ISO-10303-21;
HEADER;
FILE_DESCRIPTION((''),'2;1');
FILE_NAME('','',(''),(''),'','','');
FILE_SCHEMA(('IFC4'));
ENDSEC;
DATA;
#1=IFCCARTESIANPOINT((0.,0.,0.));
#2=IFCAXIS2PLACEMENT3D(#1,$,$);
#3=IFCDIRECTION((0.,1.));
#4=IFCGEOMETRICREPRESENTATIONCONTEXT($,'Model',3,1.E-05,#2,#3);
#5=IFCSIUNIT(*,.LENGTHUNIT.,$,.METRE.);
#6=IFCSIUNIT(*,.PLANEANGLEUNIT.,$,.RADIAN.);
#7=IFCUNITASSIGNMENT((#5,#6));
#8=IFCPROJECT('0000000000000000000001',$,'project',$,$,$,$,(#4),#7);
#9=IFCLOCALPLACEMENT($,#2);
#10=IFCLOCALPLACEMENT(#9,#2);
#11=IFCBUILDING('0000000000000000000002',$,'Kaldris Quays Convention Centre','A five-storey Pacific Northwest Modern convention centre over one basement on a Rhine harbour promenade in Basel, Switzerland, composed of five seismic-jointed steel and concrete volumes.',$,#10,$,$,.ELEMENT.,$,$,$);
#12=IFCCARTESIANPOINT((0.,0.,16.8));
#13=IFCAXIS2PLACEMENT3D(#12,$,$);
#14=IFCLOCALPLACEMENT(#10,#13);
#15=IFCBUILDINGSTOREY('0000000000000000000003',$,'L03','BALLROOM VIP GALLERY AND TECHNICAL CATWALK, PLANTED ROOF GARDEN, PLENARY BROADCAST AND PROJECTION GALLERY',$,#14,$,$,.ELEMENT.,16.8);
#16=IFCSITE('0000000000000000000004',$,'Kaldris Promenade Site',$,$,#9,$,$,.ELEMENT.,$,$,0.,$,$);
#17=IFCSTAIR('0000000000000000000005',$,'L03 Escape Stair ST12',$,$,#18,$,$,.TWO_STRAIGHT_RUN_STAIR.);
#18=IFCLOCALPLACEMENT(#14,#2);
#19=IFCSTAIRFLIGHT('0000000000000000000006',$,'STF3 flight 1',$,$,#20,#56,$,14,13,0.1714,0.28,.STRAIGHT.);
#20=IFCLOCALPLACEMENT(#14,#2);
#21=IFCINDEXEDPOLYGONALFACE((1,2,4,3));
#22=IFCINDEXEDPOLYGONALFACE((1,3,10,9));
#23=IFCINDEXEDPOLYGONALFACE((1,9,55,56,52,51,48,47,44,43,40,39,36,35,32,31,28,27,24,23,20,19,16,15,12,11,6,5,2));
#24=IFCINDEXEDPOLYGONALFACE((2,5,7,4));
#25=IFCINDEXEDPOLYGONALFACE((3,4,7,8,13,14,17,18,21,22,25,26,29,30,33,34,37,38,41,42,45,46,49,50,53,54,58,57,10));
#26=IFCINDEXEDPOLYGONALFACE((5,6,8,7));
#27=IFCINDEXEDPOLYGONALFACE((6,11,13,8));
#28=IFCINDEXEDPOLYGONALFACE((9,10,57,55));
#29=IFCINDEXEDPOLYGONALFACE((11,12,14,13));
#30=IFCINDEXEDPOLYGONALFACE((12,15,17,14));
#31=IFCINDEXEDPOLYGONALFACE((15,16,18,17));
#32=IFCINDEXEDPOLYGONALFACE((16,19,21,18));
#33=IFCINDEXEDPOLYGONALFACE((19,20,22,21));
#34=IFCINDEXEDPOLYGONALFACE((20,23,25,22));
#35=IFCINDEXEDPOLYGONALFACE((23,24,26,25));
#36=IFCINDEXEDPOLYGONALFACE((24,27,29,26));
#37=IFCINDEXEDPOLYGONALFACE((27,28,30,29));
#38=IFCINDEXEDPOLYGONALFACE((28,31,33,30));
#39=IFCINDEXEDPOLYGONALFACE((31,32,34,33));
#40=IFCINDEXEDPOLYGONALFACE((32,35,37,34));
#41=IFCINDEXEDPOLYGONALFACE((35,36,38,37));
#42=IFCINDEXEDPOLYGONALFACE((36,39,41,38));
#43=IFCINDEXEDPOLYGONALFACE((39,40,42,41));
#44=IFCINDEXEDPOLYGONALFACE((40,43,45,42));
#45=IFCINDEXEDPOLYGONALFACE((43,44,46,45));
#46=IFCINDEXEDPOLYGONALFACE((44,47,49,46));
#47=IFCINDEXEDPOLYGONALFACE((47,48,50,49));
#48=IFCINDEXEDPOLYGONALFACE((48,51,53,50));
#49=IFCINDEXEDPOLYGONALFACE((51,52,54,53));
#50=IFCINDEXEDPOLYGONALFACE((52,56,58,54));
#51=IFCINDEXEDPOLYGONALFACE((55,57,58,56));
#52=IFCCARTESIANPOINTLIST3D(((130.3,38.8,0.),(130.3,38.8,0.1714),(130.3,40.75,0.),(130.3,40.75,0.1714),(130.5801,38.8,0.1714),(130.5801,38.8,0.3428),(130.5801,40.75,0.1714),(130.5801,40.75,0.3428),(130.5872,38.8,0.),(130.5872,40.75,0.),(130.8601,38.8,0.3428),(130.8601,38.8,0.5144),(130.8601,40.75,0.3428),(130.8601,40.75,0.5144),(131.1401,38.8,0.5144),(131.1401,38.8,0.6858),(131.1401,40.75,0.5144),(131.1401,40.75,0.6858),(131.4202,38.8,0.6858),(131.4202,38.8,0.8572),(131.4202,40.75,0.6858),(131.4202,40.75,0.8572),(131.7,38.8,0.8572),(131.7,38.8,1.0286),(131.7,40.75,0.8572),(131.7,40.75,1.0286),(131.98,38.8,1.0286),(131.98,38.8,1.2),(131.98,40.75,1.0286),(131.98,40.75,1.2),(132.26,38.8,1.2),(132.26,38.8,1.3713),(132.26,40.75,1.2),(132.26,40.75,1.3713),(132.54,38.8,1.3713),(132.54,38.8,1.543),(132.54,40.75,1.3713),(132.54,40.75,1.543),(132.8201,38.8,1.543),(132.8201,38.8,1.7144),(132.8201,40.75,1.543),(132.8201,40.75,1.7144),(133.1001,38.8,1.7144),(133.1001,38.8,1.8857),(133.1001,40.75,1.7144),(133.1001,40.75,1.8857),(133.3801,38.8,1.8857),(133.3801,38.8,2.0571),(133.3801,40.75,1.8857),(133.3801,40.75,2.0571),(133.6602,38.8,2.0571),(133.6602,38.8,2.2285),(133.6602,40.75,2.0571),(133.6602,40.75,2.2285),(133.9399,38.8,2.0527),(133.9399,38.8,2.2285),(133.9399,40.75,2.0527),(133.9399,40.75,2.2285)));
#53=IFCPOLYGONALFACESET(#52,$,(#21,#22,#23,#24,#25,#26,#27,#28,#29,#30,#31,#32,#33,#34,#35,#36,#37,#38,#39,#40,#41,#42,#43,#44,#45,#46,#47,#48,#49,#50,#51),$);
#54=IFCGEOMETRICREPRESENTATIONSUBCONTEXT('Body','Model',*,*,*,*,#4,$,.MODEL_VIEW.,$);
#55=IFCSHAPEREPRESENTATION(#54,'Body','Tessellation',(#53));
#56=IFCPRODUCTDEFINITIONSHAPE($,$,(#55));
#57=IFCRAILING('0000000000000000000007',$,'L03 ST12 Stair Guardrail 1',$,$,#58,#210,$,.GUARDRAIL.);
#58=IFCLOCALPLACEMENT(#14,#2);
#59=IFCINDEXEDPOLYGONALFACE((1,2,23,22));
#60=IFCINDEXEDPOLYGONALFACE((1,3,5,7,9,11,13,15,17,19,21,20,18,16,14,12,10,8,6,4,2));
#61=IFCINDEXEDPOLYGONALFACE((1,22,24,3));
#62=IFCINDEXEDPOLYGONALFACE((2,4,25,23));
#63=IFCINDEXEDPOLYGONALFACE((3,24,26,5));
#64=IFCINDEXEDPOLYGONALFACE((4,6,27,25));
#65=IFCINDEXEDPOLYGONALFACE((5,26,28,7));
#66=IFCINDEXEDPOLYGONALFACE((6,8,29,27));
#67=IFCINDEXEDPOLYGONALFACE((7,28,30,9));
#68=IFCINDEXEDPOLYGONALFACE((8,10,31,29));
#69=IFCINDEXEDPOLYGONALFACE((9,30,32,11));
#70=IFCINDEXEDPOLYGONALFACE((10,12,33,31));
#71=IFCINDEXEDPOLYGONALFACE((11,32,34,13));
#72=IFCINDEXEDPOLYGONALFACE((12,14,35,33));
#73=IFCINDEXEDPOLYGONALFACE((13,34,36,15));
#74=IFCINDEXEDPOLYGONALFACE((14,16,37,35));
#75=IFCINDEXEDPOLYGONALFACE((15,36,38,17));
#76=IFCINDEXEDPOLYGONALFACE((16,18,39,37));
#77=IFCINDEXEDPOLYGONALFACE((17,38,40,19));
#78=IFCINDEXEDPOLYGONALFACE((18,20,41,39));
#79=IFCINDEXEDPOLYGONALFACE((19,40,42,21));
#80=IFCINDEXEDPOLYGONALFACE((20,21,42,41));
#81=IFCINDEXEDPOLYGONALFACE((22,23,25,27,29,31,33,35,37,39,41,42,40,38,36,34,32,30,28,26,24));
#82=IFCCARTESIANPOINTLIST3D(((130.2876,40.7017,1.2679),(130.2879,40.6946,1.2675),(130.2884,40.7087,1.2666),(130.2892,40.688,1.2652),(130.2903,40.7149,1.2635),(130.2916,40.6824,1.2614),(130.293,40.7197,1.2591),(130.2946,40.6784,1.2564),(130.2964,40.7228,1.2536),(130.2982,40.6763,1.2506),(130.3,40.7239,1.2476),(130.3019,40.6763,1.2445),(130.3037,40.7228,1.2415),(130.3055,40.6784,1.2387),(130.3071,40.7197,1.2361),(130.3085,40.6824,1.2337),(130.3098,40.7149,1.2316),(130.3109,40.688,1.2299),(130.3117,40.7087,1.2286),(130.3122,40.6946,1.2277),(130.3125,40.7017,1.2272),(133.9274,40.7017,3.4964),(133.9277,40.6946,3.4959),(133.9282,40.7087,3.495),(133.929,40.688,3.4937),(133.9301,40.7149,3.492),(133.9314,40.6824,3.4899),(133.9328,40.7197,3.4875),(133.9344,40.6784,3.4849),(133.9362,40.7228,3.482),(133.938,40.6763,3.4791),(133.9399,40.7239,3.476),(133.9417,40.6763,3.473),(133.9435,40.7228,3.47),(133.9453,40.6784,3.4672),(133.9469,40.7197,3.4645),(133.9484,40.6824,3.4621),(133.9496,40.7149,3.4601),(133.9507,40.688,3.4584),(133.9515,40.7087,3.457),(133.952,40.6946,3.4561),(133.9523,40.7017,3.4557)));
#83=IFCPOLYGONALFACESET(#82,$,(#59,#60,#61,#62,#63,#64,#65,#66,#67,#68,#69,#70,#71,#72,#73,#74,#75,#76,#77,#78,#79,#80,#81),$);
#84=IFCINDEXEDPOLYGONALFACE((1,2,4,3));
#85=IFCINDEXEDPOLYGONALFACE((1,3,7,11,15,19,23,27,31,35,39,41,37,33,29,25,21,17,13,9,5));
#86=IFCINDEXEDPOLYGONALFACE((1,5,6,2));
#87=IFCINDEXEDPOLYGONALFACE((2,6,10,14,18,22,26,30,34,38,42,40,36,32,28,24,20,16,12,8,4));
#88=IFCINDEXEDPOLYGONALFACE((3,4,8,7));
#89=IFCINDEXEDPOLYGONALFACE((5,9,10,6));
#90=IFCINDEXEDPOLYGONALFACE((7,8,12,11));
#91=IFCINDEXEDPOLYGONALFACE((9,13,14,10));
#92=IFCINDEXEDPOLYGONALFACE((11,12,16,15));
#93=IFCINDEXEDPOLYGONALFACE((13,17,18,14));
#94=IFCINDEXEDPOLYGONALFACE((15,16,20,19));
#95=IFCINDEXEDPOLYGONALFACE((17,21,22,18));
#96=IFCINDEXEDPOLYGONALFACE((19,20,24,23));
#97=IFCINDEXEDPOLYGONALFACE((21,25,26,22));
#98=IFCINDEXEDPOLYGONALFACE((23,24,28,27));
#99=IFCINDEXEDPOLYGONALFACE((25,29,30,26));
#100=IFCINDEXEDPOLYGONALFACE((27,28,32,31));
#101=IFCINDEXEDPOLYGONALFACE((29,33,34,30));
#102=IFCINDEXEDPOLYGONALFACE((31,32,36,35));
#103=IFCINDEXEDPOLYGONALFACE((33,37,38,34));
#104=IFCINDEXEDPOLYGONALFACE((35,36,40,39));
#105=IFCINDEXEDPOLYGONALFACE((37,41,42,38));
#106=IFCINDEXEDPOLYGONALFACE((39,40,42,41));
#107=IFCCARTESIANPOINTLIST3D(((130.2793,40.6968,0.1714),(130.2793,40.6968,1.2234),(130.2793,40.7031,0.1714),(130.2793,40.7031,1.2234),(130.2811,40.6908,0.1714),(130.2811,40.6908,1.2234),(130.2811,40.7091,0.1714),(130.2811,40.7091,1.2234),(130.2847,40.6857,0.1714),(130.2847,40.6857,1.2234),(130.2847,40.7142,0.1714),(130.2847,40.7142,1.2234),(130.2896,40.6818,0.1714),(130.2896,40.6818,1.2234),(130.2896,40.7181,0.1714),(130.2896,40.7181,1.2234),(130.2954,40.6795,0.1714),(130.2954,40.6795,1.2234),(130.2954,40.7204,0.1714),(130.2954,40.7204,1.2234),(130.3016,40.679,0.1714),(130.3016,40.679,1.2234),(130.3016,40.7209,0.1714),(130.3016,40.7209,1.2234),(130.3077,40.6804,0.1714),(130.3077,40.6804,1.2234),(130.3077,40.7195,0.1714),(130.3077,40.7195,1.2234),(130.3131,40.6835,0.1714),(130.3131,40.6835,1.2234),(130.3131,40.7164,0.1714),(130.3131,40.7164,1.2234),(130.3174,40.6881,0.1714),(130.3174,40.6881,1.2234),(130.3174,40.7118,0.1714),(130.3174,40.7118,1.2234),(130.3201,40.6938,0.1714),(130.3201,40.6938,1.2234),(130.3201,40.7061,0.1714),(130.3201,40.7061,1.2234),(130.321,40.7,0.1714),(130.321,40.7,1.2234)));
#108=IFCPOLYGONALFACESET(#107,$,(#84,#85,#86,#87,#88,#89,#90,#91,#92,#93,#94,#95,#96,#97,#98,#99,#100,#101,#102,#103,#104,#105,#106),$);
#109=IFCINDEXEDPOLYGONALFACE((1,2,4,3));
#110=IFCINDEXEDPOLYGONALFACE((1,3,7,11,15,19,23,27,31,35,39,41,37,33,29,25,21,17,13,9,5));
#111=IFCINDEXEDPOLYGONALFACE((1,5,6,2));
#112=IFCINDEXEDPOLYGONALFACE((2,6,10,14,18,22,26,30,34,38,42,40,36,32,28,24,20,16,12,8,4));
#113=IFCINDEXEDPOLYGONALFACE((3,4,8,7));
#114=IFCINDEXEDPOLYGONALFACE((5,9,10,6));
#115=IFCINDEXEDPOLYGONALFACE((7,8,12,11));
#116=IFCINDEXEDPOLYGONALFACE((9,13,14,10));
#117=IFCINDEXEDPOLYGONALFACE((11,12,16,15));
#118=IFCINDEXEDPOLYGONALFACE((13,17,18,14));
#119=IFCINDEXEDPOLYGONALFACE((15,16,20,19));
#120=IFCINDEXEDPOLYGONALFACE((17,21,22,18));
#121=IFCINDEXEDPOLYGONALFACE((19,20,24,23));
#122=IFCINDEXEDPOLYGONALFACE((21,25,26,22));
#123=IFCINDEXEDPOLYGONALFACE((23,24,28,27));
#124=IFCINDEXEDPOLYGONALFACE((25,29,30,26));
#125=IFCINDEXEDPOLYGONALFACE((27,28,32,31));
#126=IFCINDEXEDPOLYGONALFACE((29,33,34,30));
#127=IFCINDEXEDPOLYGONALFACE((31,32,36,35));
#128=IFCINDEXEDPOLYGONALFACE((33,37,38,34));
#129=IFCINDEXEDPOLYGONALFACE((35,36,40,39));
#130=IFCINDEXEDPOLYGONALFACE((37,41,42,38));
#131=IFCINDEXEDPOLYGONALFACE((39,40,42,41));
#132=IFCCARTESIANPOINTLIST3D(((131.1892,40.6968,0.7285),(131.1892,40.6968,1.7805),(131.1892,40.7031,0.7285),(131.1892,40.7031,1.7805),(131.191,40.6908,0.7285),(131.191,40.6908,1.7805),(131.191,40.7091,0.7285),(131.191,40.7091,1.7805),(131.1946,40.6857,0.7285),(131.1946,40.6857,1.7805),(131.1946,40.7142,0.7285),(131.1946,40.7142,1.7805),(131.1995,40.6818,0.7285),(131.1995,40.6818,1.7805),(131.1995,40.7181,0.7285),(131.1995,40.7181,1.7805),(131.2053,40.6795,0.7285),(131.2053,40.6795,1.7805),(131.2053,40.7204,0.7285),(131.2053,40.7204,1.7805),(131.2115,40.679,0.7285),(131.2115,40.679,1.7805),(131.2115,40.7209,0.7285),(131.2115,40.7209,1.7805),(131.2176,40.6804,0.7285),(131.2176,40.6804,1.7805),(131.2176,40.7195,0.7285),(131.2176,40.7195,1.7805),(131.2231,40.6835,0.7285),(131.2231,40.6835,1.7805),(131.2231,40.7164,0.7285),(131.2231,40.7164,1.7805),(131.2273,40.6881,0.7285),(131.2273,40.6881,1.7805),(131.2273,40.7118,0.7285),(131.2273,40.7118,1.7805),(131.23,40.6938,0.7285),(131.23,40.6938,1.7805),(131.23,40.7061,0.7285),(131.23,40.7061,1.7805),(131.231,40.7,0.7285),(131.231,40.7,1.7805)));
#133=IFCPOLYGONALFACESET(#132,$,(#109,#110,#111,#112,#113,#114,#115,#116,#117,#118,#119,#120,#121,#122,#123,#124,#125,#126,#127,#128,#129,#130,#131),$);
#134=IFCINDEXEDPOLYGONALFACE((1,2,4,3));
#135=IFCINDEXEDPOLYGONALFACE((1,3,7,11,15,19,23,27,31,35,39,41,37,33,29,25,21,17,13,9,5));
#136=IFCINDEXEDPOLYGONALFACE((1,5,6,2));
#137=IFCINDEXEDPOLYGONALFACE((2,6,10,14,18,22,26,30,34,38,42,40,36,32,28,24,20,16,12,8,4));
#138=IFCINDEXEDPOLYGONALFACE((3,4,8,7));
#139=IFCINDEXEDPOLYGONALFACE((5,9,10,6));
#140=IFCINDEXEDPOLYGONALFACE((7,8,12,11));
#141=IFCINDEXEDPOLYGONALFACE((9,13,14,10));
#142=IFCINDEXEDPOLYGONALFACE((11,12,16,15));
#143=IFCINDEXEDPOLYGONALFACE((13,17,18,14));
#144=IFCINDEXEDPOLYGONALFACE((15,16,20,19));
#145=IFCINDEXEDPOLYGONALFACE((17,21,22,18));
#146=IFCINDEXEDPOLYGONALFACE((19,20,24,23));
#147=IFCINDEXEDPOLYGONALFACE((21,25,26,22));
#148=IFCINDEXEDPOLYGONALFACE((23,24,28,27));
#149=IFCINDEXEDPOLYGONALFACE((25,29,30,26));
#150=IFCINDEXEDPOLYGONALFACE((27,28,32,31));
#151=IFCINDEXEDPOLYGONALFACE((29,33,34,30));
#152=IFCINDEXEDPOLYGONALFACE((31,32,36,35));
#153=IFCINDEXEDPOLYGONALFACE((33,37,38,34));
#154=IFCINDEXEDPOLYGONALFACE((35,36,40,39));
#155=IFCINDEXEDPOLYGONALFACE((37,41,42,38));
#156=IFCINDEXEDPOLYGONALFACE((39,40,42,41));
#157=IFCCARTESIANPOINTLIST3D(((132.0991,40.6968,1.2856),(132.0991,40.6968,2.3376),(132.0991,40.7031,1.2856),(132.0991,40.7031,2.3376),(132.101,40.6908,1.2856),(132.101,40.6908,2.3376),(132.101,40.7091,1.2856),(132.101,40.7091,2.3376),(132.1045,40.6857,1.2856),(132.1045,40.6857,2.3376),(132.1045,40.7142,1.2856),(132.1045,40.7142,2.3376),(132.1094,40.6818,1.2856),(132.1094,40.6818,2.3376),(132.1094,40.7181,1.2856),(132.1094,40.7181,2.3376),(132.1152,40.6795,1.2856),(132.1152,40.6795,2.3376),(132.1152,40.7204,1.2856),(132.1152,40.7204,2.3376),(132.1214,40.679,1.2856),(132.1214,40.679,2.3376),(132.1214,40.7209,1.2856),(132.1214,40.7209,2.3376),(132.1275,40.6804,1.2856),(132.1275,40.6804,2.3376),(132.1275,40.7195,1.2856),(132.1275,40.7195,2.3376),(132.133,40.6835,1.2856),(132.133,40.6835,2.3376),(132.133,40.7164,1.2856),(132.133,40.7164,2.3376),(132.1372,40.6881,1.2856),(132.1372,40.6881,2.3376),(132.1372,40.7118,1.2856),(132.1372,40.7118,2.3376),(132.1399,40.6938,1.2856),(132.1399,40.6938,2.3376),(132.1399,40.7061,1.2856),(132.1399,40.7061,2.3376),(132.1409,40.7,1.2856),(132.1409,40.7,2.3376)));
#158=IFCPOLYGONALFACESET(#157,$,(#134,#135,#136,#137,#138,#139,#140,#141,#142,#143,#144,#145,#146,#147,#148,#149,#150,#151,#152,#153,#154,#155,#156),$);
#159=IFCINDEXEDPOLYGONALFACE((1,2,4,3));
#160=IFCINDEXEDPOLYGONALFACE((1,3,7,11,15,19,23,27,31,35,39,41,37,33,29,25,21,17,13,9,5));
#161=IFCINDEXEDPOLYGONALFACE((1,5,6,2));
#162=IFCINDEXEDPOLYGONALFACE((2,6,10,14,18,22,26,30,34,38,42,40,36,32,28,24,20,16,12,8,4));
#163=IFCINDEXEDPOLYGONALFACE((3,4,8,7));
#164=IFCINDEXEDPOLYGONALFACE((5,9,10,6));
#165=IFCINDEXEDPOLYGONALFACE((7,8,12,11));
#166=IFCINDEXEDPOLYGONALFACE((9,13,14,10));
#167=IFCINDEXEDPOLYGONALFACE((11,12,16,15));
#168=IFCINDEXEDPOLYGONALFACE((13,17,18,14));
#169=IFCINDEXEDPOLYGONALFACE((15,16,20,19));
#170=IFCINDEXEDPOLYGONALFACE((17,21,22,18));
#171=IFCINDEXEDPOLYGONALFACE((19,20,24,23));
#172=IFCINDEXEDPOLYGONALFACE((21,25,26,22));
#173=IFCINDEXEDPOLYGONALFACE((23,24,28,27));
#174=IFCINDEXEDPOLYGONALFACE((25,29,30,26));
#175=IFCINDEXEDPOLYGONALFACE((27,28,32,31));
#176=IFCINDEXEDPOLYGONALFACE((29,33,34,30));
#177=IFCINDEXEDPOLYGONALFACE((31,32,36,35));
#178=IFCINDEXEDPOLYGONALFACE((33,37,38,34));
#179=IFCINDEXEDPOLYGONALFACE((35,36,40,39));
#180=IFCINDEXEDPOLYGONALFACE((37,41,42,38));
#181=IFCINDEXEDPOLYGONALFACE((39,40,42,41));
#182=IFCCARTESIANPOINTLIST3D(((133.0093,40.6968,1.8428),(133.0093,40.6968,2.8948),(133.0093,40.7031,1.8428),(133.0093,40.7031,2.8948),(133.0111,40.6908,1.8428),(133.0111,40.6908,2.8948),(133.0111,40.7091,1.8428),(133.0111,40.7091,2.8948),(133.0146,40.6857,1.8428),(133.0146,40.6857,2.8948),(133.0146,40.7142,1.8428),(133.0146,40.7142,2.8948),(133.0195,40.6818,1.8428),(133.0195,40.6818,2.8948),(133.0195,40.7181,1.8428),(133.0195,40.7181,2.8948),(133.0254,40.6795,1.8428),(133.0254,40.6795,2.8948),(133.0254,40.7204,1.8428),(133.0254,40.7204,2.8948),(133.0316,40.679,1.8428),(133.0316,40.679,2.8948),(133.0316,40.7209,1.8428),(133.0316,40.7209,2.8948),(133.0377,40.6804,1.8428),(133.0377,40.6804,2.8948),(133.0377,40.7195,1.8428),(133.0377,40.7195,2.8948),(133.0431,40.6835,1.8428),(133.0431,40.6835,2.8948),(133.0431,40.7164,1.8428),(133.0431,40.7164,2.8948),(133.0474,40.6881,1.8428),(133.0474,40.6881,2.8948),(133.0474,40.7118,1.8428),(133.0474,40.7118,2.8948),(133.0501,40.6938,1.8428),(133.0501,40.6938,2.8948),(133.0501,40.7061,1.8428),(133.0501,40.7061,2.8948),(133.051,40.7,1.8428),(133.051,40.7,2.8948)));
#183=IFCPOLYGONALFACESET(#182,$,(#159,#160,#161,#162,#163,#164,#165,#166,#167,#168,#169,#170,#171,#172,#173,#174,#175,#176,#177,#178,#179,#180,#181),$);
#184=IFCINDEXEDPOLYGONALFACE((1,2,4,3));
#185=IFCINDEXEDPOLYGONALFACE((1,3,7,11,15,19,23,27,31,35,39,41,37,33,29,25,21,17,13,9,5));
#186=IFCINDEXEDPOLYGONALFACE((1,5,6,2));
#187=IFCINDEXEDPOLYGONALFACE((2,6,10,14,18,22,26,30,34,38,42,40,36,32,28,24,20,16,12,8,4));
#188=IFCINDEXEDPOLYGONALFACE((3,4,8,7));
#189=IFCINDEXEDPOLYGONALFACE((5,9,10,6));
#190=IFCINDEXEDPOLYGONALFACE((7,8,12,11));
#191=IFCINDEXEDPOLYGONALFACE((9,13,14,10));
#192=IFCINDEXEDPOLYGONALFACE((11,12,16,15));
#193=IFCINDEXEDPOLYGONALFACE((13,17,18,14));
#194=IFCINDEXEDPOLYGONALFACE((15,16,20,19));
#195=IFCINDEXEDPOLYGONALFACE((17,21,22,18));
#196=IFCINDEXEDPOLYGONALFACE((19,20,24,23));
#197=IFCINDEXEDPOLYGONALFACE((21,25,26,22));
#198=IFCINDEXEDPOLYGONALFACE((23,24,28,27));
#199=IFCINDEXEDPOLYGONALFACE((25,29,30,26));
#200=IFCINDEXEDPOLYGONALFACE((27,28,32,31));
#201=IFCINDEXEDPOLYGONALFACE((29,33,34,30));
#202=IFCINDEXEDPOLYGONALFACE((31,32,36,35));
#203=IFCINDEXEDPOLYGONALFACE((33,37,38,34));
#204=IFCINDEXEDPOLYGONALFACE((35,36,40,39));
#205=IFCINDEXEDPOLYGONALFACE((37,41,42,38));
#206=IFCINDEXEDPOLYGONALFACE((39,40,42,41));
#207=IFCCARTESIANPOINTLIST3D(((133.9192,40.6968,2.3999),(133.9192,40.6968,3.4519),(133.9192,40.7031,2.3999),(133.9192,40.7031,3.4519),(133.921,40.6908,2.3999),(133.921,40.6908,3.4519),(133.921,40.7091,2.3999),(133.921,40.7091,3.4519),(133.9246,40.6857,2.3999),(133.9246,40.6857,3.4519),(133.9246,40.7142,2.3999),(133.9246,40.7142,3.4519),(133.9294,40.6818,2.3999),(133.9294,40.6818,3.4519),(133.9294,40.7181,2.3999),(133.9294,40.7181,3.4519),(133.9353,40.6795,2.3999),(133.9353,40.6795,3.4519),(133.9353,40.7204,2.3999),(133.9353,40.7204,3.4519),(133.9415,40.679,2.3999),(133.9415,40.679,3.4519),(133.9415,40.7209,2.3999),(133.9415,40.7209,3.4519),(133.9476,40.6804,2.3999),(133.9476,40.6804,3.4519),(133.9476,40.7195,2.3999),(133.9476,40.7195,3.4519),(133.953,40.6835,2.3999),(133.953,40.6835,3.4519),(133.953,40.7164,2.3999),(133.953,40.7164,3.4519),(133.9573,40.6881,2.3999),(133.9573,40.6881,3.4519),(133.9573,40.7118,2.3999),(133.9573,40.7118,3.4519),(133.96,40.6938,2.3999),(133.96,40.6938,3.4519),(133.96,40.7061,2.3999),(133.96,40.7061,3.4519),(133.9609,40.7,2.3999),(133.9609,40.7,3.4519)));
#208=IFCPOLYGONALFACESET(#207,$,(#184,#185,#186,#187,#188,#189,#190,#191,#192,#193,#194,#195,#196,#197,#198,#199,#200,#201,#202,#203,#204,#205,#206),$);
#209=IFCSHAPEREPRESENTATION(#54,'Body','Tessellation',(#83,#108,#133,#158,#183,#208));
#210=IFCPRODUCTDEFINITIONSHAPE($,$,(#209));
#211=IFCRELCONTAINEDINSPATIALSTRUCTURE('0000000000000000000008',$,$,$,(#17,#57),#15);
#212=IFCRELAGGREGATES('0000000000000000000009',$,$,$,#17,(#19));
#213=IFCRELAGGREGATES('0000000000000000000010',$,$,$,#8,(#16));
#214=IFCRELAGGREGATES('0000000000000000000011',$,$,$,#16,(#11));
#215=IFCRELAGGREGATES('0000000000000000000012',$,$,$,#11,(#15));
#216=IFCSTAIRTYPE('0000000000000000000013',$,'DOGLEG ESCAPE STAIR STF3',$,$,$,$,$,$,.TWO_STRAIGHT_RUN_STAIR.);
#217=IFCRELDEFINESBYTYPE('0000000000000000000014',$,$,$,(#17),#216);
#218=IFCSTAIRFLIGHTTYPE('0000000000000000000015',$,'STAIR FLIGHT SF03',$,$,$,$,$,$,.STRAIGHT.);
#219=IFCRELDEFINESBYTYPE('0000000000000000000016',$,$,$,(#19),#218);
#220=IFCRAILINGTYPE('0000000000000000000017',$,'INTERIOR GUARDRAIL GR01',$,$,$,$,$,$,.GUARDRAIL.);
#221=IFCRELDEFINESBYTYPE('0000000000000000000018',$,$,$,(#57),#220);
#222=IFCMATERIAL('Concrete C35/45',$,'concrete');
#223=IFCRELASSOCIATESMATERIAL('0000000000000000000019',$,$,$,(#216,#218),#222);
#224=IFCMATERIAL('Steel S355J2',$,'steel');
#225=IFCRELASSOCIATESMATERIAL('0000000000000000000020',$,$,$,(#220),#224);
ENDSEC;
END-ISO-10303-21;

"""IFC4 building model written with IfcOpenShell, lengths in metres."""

from ifc_helpers import new_model, si_unit, direction, frame, origin, origin_2d, place, context, subcontext, project, spatial, polyline, circle, outline, extrude, material, type_object, element, aggregate, save


model = new_model("IFC4")

# Units and contexts
model_context = context("Model", 3, precision=1e-05, world=origin(), true_north=direction((0.0, 1.0)))
body_context = subcontext(model_context, "Body", "Model", "MODEL_VIEW")
ifc_project = project(units=[si_unit("LENGTHUNIT", "METRE"), si_unit("PLANEANGLEUNIT", "RADIAN")], contexts=[model_context])

# Site, building, storey
site_placement = place(None, origin())
site = spatial("IfcSite", under=ifc_project, at=site_placement, Name="Kaldris Promenade Site", CompositionType="ELEMENT", RefElevation=0.0)
building_placement = place(site_placement, origin())
building = spatial("IfcBuilding", under=site, at=building_placement, Name="Kaldris Quays Convention Centre", Description="A five-storey Pacific Northwest Modern convention centre over one basement on a Rhine harbour promenade in Basel, Switzerland, composed of five seismic-jointed steel and concrete volumes.", CompositionType="ELEMENT")
storey_placement = place(building_placement, frame((0.0, 0.0, 16.8)))
storey = spatial("IfcBuildingStorey", under=building, at=storey_placement, Name="L03", Description="BALLROOM VIP GALLERY AND TECHNICAL CATWALK, PLANTED ROOF GARDEN, PLENARY BROADCAST AND PROJECTION GALLERY", CompositionType="ELEMENT", Elevation=16.8)

# Stair, stair flight
ifc_material_1 = material(Name="Concrete C35/45", Category="concrete")
stair_type = type_object("IfcStairType", Name="DOGLEG ESCAPE STAIR STF3", PredefinedType="TWO_STRAIGHT_RUN_STAIR", material=ifc_material_1)
stair_placement = place(storey_placement, origin())
stair = element("IfcStair", 1, at=stair_placement, inside=storey, type_object=stair_type, Name="L03 Escape Stair ST12", PredefinedType="TWO_STRAIGHT_RUN_STAIR")
stair_flight_type = type_object("IfcStairFlightType", Name="STAIR FLIGHT SF03", PredefinedType="STRAIGHT", material=ifc_material_1)
stair_flight_placement = place(storey_placement, frame((130.3, 39.7749, 0.0), z_axis=(0.0, 0.0, 1.0), x_axis=(1.0, 0.0, 0.0)))
stair_flight = element("IfcStairFlight", 2, at=stair_flight_placement, type_object=stair_flight_type, Name="STF3 flight 1", NumberOfRisers=14, NumberOfTreads=13, PredefinedType="STRAIGHT", RiserHeight=0.1714, TreadLength=0.28, context=body_context, shape_type="SweptSolid", body=[
    extrude(outline(polyline([(0.0, 0.0), (0.0, 0.1714), (0.28, 0.1714), (0.28, 0.3428), (0.5601, 0.3428), (0.5601, 0.5144), (0.8401, 0.5144), (0.8401, 0.6858), (1.1201, 0.6858), (1.1201, 0.8572), (1.3999, 0.8572), (1.3999, 1.0286), (1.6799, 1.0286), (1.6799, 1.2), (1.96, 1.2), (1.96, 1.3713), (2.24, 1.3713), (2.24, 1.543), (2.52, 1.543), (2.52, 1.7144), (2.8, 1.7144), (2.8, 1.8857), (3.0801, 1.8857), (3.0801, 2.0571), (3.3601, 2.0571), (3.3601, 2.2285), (3.6399, 2.2285), (3.6399, 2.3999), (3.6399, 2.0527), (0.2871, 0.0), (0.0, 0.0)])), frame((0.0, 0.9751, 0.0), z_axis=(0.0, -1.0, 0.0), x_axis=(1.0, 0.0, 0.0)), (0.0, 0.0, 1.0), 1.95),
])
aggregate(stair, [stair_flight])

# Railing
ifc_material_2 = material(Name="Steel S355J2", Category="steel")
railing_type_1 = type_object("IfcRailingType", Name="INTERIOR GUARDRAIL GR01", PredefinedType="GUARDRAIL", material=ifc_material_2)
railing_1_placement = place(storey_placement, frame((130.3, 40.7, 0.1714)))
element("IfcRailing", 3, at=railing_1_placement, inside=storey, type_object=railing_type_1, Name="L03 ST12 Stair Guardrail 1", PredefinedType="GUARDRAIL", context=body_context, shape_type="SweptSolid", body=[
    extrude(circle(Radius=0.0239, at=origin_2d()), frame((0.0, 0.0, 1.0762), z_axis=(0.85285, 0.0, 0.522156), x_axis=(0.0, 1.0, 0.0)), (0.0, 0.0, 1.0), 4.2678),
    extrude(circle(Radius=0.021, at=origin_2d()), origin(), (0.0, 0.0, 1.0), 1.052),
    extrude(circle(Radius=0.021, at=origin_2d()), frame((0.9099, 0.0, 0.5571)), (0.0, 0.0, 1.0), 1.052),
    extrude(circle(Radius=0.021, at=origin_2d()), frame((1.8198, 0.0, 1.1143)), (0.0, 0.0, 1.0), 1.052),
    extrude(circle(Radius=0.021, at=origin_2d()), frame((2.73, 0.0, 1.6714)), (0.0, 0.0, 1.0), 1.052),
    extrude(circle(Radius=0.021, at=origin_2d()), frame((3.6399, 0.0, 2.2285)), (0.0, 0.0, 1.0), 1.052),
])

save(model, "model.ifc")
